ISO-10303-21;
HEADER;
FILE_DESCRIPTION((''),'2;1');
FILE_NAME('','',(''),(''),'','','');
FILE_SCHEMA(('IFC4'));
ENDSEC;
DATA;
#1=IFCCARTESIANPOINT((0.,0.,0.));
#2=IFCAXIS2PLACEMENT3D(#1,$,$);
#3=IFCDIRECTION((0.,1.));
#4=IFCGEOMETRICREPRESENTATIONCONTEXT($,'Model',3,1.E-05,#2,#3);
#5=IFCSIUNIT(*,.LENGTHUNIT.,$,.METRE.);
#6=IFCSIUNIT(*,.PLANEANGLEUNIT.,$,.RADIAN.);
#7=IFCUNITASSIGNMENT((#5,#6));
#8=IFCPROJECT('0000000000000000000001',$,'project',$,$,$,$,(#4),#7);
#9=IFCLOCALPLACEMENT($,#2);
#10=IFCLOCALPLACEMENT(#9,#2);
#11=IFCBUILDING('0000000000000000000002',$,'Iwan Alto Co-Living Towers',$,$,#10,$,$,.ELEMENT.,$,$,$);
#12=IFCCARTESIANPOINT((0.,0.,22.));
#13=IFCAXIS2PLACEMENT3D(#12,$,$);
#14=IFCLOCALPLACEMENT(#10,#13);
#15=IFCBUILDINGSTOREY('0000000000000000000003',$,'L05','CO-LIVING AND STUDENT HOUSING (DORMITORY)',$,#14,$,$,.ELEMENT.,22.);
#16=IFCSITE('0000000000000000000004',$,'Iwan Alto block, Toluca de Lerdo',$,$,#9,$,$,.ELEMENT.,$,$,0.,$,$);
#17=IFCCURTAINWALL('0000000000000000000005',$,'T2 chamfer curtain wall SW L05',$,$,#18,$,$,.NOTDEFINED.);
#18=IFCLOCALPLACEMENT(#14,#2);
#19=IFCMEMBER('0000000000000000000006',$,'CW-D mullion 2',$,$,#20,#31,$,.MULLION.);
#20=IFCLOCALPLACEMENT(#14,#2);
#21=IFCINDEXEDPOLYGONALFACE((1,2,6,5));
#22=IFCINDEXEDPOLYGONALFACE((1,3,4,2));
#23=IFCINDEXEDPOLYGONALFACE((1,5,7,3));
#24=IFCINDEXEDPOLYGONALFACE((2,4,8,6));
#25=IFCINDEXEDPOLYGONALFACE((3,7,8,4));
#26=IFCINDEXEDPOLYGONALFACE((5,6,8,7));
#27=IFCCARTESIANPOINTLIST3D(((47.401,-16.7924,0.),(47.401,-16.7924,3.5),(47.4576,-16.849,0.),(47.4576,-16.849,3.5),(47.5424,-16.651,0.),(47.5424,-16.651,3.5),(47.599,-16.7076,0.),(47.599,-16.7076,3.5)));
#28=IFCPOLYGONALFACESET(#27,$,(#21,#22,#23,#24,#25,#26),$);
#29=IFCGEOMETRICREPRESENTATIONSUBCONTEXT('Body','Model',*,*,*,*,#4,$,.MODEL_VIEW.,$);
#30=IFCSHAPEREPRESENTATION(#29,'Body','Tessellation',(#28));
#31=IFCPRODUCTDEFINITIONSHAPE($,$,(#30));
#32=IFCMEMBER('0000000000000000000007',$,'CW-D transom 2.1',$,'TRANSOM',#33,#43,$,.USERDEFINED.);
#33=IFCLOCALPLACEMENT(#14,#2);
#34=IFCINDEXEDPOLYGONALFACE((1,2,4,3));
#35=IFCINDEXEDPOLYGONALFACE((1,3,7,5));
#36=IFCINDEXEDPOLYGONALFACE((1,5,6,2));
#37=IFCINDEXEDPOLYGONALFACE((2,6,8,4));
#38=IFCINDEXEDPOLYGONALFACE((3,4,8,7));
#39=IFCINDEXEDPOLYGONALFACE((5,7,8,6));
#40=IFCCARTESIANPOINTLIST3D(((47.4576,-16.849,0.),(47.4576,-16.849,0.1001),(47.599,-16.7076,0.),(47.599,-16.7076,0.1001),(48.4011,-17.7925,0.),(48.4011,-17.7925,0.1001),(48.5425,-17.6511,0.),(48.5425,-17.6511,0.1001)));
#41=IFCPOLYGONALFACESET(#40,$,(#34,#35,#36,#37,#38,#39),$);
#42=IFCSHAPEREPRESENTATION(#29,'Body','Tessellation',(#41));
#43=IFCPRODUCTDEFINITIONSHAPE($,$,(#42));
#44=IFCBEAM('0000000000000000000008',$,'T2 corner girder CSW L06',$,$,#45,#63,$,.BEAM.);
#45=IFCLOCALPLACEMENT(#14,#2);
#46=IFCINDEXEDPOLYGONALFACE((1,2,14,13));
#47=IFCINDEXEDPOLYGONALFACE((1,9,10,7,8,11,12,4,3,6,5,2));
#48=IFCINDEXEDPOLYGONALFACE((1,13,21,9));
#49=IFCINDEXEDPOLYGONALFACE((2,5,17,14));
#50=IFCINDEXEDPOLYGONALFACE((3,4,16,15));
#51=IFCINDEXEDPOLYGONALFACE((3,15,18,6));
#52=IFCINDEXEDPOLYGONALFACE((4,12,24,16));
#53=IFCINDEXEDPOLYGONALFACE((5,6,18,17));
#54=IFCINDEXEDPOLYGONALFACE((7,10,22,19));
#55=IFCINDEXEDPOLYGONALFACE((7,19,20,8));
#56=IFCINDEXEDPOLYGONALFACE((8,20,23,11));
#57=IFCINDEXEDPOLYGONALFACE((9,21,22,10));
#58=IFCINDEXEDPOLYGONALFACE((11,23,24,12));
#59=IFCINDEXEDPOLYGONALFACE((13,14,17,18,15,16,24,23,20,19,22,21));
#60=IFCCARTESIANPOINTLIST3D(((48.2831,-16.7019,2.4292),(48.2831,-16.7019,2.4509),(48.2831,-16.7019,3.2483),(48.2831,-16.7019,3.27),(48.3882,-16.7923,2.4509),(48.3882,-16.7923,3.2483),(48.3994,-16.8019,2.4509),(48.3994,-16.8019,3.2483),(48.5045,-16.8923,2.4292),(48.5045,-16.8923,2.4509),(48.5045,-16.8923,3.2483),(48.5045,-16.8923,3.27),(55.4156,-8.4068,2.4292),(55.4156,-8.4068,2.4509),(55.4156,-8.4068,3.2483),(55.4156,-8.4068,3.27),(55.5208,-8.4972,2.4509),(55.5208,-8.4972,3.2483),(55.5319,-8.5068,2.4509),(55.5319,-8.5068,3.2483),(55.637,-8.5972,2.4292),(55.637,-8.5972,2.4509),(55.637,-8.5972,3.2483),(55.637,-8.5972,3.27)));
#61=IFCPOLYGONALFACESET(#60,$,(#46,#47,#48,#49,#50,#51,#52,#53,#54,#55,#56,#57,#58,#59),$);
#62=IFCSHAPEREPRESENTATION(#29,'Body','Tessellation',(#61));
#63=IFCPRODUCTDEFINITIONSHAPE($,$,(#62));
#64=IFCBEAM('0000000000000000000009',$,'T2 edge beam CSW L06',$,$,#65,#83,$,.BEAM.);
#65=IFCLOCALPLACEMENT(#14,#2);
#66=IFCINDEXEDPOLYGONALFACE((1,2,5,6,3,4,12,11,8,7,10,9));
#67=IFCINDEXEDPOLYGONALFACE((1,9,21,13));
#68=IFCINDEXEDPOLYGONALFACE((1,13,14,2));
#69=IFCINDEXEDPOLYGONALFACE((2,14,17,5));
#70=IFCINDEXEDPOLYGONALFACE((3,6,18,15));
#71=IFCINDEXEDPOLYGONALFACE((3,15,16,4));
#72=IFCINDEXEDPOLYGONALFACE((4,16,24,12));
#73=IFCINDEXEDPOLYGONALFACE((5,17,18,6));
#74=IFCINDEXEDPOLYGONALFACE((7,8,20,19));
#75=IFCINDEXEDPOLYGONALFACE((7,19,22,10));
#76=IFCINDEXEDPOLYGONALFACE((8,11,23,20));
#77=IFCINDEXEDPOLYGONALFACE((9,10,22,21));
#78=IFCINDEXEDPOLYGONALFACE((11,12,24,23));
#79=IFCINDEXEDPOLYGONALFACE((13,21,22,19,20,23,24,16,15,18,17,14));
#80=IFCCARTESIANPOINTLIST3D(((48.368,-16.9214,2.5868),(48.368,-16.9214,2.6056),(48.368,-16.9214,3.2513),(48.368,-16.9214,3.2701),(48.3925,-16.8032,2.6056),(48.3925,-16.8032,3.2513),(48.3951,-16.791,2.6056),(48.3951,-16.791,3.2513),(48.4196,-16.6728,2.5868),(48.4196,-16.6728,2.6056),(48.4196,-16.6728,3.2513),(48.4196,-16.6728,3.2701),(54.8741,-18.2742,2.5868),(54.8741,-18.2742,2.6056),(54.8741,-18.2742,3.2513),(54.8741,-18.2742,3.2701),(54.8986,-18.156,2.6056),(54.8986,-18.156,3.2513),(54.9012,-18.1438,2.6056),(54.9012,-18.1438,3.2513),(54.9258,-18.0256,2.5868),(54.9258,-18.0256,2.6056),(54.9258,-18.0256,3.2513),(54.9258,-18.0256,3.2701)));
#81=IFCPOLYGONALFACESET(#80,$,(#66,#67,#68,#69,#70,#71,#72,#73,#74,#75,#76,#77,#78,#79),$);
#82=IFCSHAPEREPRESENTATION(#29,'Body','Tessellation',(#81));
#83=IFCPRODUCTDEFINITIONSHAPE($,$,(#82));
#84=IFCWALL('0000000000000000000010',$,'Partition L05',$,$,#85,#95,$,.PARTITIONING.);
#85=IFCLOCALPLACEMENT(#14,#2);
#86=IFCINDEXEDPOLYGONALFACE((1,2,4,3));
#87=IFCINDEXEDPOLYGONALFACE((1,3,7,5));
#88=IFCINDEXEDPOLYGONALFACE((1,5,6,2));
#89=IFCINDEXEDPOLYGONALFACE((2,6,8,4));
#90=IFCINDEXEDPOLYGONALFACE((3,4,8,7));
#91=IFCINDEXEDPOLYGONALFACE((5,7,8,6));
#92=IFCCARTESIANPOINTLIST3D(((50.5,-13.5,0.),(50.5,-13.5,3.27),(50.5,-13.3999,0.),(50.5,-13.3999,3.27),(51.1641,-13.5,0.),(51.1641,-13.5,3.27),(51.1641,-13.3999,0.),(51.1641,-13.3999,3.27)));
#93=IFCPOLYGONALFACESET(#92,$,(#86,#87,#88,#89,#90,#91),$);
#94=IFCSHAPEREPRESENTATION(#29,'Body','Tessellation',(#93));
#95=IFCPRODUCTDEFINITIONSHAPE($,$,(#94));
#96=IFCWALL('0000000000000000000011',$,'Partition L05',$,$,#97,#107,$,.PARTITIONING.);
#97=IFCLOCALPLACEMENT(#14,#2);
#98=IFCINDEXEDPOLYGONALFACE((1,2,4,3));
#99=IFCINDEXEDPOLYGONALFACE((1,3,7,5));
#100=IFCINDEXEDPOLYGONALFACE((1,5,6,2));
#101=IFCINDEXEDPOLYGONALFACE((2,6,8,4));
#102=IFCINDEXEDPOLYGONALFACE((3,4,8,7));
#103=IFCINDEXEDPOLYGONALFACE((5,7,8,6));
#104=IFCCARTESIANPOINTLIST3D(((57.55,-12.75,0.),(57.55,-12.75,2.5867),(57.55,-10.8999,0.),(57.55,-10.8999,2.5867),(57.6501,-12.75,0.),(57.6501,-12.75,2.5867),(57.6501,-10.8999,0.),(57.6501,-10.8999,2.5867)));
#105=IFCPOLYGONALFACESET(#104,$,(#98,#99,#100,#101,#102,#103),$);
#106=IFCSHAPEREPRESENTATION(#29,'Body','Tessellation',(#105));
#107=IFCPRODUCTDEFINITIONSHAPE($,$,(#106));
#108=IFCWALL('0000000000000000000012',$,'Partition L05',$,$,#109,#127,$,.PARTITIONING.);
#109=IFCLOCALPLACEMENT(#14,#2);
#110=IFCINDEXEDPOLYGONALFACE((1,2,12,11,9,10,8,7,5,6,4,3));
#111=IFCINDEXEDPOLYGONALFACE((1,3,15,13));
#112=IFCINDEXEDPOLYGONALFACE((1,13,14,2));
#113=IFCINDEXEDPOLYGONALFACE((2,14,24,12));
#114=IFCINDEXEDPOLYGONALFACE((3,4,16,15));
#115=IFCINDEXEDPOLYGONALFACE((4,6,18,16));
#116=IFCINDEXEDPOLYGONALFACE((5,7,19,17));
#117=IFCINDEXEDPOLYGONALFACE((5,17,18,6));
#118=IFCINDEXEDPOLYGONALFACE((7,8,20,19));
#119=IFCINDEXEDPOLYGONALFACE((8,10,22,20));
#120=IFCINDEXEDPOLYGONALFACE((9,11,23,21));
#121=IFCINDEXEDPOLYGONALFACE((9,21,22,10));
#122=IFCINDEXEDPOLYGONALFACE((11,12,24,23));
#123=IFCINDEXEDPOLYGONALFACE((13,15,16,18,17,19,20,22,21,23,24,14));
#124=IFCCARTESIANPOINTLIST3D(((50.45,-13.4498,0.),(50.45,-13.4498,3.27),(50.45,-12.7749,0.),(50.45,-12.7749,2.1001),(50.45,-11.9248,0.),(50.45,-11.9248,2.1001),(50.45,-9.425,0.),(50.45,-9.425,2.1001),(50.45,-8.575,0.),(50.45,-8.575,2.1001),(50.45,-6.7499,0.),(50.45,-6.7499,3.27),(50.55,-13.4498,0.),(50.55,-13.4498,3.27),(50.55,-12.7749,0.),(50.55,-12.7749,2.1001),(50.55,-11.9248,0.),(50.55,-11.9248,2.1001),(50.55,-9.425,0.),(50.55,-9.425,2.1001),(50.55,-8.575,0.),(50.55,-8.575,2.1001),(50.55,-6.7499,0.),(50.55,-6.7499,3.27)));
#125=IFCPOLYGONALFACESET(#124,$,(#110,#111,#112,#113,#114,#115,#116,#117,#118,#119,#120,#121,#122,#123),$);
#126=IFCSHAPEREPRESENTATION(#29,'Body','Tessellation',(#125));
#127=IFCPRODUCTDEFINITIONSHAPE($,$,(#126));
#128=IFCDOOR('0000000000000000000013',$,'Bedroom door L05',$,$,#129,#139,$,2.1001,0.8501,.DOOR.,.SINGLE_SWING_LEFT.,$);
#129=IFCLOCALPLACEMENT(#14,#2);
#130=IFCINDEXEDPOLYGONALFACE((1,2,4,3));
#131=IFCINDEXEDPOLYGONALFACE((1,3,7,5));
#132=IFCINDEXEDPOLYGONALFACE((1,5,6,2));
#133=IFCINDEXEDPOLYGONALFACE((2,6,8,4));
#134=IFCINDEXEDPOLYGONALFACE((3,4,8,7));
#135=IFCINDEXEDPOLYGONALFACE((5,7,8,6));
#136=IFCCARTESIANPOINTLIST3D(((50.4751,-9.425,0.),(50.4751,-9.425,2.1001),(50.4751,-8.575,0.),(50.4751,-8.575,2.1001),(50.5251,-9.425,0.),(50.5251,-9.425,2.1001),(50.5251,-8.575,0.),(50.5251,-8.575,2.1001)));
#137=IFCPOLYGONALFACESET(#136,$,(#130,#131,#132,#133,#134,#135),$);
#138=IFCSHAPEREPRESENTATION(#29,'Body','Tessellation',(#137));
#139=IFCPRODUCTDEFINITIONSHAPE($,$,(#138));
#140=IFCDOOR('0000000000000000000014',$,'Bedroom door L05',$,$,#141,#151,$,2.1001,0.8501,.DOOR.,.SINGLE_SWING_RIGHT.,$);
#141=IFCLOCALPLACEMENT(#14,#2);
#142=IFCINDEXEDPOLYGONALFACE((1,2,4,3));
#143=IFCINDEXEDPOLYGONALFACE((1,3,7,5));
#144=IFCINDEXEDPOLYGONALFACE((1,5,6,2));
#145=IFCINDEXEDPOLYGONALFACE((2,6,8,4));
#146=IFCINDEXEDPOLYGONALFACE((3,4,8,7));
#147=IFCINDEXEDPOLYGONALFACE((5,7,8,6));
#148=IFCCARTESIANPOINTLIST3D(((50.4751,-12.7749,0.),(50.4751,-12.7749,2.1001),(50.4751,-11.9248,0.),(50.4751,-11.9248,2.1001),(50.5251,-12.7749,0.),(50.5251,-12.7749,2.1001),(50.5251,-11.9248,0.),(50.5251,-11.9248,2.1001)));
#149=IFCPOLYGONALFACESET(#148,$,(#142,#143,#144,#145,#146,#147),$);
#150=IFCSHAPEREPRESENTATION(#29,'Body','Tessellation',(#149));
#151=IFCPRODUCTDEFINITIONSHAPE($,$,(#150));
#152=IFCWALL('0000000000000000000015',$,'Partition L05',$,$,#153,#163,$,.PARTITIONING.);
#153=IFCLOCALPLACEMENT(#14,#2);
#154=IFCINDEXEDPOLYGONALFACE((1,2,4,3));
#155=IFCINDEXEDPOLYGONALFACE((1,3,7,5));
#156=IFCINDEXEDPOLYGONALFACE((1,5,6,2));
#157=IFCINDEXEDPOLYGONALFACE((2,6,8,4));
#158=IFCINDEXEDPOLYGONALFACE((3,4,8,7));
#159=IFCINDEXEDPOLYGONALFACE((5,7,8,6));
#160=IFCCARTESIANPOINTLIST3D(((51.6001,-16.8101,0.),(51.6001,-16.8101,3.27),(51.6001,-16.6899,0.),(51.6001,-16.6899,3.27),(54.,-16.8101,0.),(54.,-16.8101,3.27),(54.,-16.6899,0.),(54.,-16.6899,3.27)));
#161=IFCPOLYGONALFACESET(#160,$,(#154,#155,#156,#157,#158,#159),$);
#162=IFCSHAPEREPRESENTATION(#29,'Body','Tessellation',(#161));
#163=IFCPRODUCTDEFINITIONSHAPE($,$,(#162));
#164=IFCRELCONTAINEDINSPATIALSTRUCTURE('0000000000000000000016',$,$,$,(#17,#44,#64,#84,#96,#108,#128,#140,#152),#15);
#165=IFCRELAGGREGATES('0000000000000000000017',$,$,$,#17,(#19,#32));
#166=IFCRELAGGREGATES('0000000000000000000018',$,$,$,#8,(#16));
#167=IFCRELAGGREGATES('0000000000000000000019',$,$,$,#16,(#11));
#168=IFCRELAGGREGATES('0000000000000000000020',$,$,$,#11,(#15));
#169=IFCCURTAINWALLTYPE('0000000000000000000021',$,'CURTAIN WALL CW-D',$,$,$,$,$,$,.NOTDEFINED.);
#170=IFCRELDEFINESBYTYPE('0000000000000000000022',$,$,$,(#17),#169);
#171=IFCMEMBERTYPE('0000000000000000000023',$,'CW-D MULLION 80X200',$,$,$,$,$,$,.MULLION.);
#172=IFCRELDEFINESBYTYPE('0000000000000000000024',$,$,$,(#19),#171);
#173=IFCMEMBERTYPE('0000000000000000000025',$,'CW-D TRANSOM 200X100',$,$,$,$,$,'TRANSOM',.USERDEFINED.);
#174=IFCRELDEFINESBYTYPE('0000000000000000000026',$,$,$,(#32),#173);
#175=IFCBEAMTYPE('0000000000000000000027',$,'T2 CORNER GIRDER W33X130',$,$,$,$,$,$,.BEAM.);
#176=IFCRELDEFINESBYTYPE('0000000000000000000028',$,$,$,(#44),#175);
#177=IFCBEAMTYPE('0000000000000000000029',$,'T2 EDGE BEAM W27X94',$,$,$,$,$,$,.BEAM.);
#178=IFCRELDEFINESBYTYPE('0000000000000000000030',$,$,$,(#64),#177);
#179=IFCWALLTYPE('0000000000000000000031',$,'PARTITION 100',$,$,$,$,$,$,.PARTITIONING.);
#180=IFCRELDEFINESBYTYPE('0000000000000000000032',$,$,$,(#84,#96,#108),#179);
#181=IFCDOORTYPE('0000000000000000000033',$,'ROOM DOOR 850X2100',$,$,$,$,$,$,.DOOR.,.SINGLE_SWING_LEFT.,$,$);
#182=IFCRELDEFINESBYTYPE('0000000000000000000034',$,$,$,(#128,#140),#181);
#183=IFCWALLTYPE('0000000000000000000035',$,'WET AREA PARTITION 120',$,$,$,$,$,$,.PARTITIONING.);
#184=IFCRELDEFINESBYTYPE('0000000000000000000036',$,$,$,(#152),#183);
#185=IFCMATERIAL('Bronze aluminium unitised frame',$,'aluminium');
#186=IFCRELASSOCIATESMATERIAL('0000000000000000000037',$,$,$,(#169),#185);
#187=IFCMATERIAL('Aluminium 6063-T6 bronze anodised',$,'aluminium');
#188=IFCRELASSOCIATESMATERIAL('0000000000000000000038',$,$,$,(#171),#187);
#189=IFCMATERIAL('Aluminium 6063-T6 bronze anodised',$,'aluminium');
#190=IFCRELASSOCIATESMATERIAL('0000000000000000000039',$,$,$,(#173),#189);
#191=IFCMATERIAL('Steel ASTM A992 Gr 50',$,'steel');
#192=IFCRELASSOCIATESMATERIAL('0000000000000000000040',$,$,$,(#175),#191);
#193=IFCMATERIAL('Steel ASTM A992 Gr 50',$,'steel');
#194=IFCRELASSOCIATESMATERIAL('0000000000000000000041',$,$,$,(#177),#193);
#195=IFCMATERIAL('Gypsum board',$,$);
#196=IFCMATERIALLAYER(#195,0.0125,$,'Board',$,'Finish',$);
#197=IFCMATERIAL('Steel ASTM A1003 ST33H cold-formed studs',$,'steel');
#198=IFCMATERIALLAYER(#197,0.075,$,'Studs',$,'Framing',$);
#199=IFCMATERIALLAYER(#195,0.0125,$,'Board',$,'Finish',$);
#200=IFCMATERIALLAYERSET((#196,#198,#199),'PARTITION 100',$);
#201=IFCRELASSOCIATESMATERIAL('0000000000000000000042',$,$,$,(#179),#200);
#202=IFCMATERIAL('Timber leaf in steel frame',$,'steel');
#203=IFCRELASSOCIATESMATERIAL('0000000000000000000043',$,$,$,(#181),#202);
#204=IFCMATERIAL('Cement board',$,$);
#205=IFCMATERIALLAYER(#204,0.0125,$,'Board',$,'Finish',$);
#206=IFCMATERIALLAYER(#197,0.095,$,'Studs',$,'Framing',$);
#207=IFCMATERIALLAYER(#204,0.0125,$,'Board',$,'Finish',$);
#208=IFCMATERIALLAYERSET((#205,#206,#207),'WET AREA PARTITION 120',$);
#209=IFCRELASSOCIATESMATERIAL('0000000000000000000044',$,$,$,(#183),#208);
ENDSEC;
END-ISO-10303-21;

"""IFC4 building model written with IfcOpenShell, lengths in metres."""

from ifc_helpers import new_model, si_unit, direction, frame, frame_2d, origin, origin_2d, place, context, subcontext, project, spatial, rectangle, i_section, extrude, material, layer, layer_set, material_profile, profile_set, type_object, element, fill, aggregate, save


model = new_model("IFC4")

# Units and contexts
model_context = context("Model", 3, precision=1e-05, world=origin(), true_north=direction((0.0, 1.0)))
body_context = subcontext(model_context, "Body", "Model", "MODEL_VIEW")
ifc_project = project(units=[si_unit("LENGTHUNIT", "METRE"), si_unit("PLANEANGLEUNIT", "RADIAN")], contexts=[model_context])

# Site, building, storey
site_placement = place(None, origin())
site = spatial("IfcSite", under=ifc_project, at=site_placement, Name="Iwan Alto block, Toluca de Lerdo", CompositionType="ELEMENT", RefElevation=0.0)
building_placement = place(site_placement, origin())
building = spatial("IfcBuilding", under=site, at=building_placement, Name="Iwan Alto Co-Living Towers", CompositionType="ELEMENT")
storey_placement = place(building_placement, frame((0.0, 0.0, 22.0)))
storey = spatial("IfcBuildingStorey", under=building, at=storey_placement, Name="L05", Description="CO-LIVING AND STUDENT HOUSING (DORMITORY)", CompositionType="ELEMENT", Elevation=22.0)

# Curtain wall, members
ifc_material_1 = material(Name="Bronze aluminium unitised frame", Category="aluminium")
curtain_wall_type = type_object("IfcCurtainWallType", Name="CURTAIN WALL CW-D", PredefinedType="NOTDEFINED", material=ifc_material_1)
curtain_wall_placement = place(storey_placement, origin())
curtain_wall = element("IfcCurtainWall", 1, at=curtain_wall_placement, inside=storey, type_object=curtain_wall_type, Name="T2 chamfer curtain wall SW L05", PredefinedType="NOTDEFINED")
ifc_material_2 = material(Name="Aluminium 6063-T6 bronze anodised", Category="aluminium")
ifc_material_profile_1 = material_profile(ifc_material_2, rectangle(XDim=0.2, YDim=0.0801, at=origin_2d()), Name="AL 80X200")
ifc_profile_set_1 = profile_set([ifc_material_profile_1], Name="Aluminium 6063-T6 bronze anodised")
member_type_1 = type_object("IfcMemberType", Name="CW-D MULLION 80X200", PredefinedType="MULLION", material=ifc_profile_set_1)
member_1_placement = place(storey_placement, frame((47.5, -16.75, 0.0), z_axis=(0.0, 0.0, 1.0), x_axis=(0.707107, 0.707107, 0.0)))
member_1 = element("IfcMember", 2, at=member_1_placement, type_object=member_type_1, Name="CW-D mullion 2", PredefinedType="MULLION", context=body_context, shape_type="SweptSolid", body=[
    extrude(rectangle(XDim=0.2, YDim=0.0801, at=origin_2d()), origin(), (0.0, 0.0, 1.0), 3.5),
])
ifc_material_3 = material(Name="Aluminium 6063-T6 bronze anodised", Category="aluminium")
ifc_material_profile_2 = material_profile(ifc_material_3, rectangle(XDim=0.2, YDim=0.1001, at=origin_2d()), Name="AL 200X100")
ifc_profile_set_2 = profile_set([ifc_material_profile_2], Name="Aluminium 6063-T6 bronze anodised")
member_type_2 = type_object("IfcMemberType", Name="CW-D TRANSOM 200X100", ElementType="TRANSOM", PredefinedType="USERDEFINED", material=ifc_profile_set_2)
member_2_placement = place(storey_placement, frame((47.5283, -16.7783, 0.05), z_axis=(0.707107, -0.707107, 0.0), x_axis=(0.707107, 0.707107, 0.0)))
member_2 = element("IfcMember", 3, at=member_2_placement, type_object=member_type_2, Name="CW-D transom 2.1", ObjectType="TRANSOM", PredefinedType="USERDEFINED", context=body_context, shape_type="SweptSolid", body=[
    extrude(rectangle(XDim=0.2, YDim=0.1001, at=origin_2d()), origin(), (0.0, 0.0, 1.0), 1.3342),
])
aggregate(curtain_wall, [member_1, member_2])

# Beams
ifc_material_4 = material(Name="Steel ASTM A992 Gr 50", Category="steel")
ifc_material_profile_3 = material_profile(ifc_material_4, i_section(OverallWidth=0.292, OverallDepth=0.8408, WebThickness=0.0146, FlangeThickness=0.0217, at=origin_2d()), Name="W33X130")
ifc_profile_set_3 = profile_set([ifc_material_profile_3], Name="Steel ASTM A992 Gr 50")
beam_type_1 = type_object("IfcBeamType", Name="T2 CORNER GIRDER W33X130", PredefinedType="BEAM", material=ifc_profile_set_3)
beam_1_placement = place(storey_placement, frame((48.3938, -16.7971, 2.8496), z_axis=(0.651972, 0.758243, 0.0), x_axis=(-0.758243, 0.651972, 0.0)))
element("IfcBeam", 4, at=beam_1_placement, inside=storey, type_object=beam_type_1, Name="T2 corner girder CSW L06", PredefinedType="BEAM", context=body_context, shape_type="SweptSolid", body=[
    extrude(i_section(OverallWidth=0.292, OverallDepth=0.8408, WebThickness=0.0146, FlangeThickness=0.0217, at=origin_2d()), origin(), (0.0, 0.0, 1.0), 10.9399),
])
ifc_material_5 = material(Name="Steel ASTM A992 Gr 50", Category="steel")
ifc_material_profile_4 = material_profile(ifc_material_5, i_section(OverallWidth=0.2539, OverallDepth=0.6833, WebThickness=0.0125, FlangeThickness=0.0188, at=origin_2d()), Name="W27X94")
ifc_profile_set_4 = profile_set([ifc_material_profile_4], Name="Steel ASTM A992 Gr 50")
beam_type_2 = type_object("IfcBeamType", Name="T2 EDGE BEAM W27X94", PredefinedType="BEAM", material=ifc_profile_set_4)
beam_2_placement = place(storey_placement, frame((48.3938, -16.7971, 2.9285), z_axis=(0.97906, -0.203571, 0.0), x_axis=(0.203571, 0.97906, 0.0)))
element("IfcBeam", 5, at=beam_2_placement, inside=storey, type_object=beam_type_2, Name="T2 edge beam CSW L06", PredefinedType="BEAM", context=body_context, shape_type="SweptSolid", body=[
    extrude(i_section(OverallWidth=0.2539, OverallDepth=0.6833, WebThickness=0.0125, FlangeThickness=0.0188, at=origin_2d()), origin(), (0.0, 0.0, 1.0), 6.6453),
])

# Walls
ifc_material_6 = material(Name="Gypsum board")
ifc_layer_1 = layer(ifc_material_6, 0.0125, Name="Board", Category="Finish")
ifc_material_7 = material(Name="Steel ASTM A1003 ST33H cold-formed studs", Category="steel")
ifc_layer_2 = layer(ifc_material_7, 0.075, Name="Studs", Category="Framing")
ifc_layer_3 = layer(ifc_material_6, 0.0125, Name="Board", Category="Finish")
ifc_layer_set_1 = layer_set([ifc_layer_1, ifc_layer_2, ifc_layer_3], Name="PARTITION 100")
wall_type_1 = type_object("IfcWallType", Name="PARTITION 100", PredefinedType="PARTITIONING", material=ifc_layer_set_1)
wall_1_placement = place(storey_placement, frame((50.5, -13.45, 0.0), z_axis=(0.0, 0.0, 1.0), x_axis=(1.0, 0.0, 0.0)))
element("IfcWall", 6, at=wall_1_placement, inside=storey, type_object=wall_type_1, Name="Partition L05", PredefinedType="PARTITIONING", context=body_context, shape_type="SweptSolid", body=[
    extrude(rectangle(XDim=0.6641, YDim=0.1001, at=frame_2d((0.332, 0.0))), origin(), (0.0, 0.0, 1.0), 3.27),
])
wall_2_placement = place(storey_placement, frame((57.6001, -12.75, 0.0), z_axis=(0.0, 0.0, 1.0), x_axis=(0.0, 1.0, 0.0)))
element("IfcWall", 7, at=wall_2_placement, inside=storey, type_object=wall_type_1, Name="Partition L05", PredefinedType="PARTITIONING", context=body_context, shape_type="SweptSolid", body=[
    extrude(rectangle(XDim=1.8501, YDim=0.1001, at=frame_2d((0.925, 0.0))), origin(), (0.0, 0.0, 1.0), 2.5867),
])

# Wall, openings, doors
wall_3_placement = place(storey_placement, frame((50.5, -13.45, 0.0), z_axis=(0.0, 0.0, 1.0), x_axis=(0.0, 1.0, 0.0)))
wall_3 = element("IfcWall", 8, at=wall_3_placement, inside=storey, type_object=wall_type_1, Name="Partition L05", PredefinedType="PARTITIONING", context=body_context, shape_type="SweptSolid", body=[
    extrude(rectangle(XDim=6.7, YDim=0.1001, at=frame_2d((3.3501, 0.0))), origin(), (0.0, 0.0, 1.0), 3.27),
])
opening_1_placement = place(wall_3_placement, frame((4.0249, 0.0, 0.0)))
opening_1 = element("IfcOpeningElement", 9, at=opening_1_placement, cuts=wall_3, PredefinedType="OPENING", context=body_context, shape_type="SweptSolid", body=[
    extrude(rectangle(XDim=0.8501, YDim=2.1001, at=frame_2d((0.425, 1.05))), frame((0.0, 0.0601, 0.0), z_axis=(0.0, -1.0, 0.0), x_axis=(1.0, 0.0, 0.0)), (0.0, 0.0, 1.0), 0.1201),
])
opening_2_placement = place(wall_3_placement, frame((0.675, 0.0, 0.0)))
opening_2 = element("IfcOpeningElement", 10, at=opening_2_placement, cuts=wall_3, PredefinedType="OPENING", context=body_context, shape_type="SweptSolid", body=[
    extrude(rectangle(XDim=0.8501, YDim=2.1001, at=frame_2d((0.425, 1.05))), frame((0.0, 0.0601, 0.0), z_axis=(0.0, -1.0, 0.0), x_axis=(1.0, 0.0, 0.0)), (0.0, 0.0, 1.0), 0.1201),
])
ifc_material_8 = material(Name="Timber leaf in steel frame", Category="steel")
door_type = type_object("IfcDoorType", Name="ROOM DOOR 850X2100", OperationType="SINGLE_SWING_LEFT", PredefinedType="DOOR", material=ifc_material_8)
door_1_placement = place(opening_1_placement, origin())
door_1 = element("IfcDoor", 11, at=door_1_placement, inside=storey, type_object=door_type, Name="Bedroom door L05", OperationType="SINGLE_SWING_LEFT", OverallHeight=2.1001, OverallWidth=0.8501, PredefinedType="DOOR", context=body_context, shape_type="SweptSolid", body=[
    extrude(rectangle(XDim=0.8501, YDim=2.1001, at=frame_2d((0.425, 1.05))), frame((0.0, 0.0249, 0.0), z_axis=(0.0, -1.0, 0.0), x_axis=(1.0, 0.0, 0.0)), (0.0, 0.0, 1.0), 0.05),
])
fill(opening_1, door_1)
door_2_placement = place(opening_2_placement, origin())
door_2 = element("IfcDoor", 12, at=door_2_placement, inside=storey, type_object=door_type, Name="Bedroom door L05", OperationType="SINGLE_SWING_RIGHT", OverallHeight=2.1001, OverallWidth=0.8501, PredefinedType="DOOR", context=body_context, shape_type="SweptSolid", body=[
    extrude(rectangle(XDim=0.8501, YDim=2.1001, at=frame_2d((0.425, 1.05))), frame((0.0, 0.0249, 0.0), z_axis=(0.0, -1.0, 0.0), x_axis=(1.0, 0.0, 0.0)), (0.0, 0.0, 1.0), 0.05),
])
fill(opening_2, door_2)

# Wall
ifc_material_9 = material(Name="Cement board")
ifc_layer_4 = layer(ifc_material_9, 0.0125, Name="Board", Category="Finish")
ifc_layer_5 = layer(ifc_material_7, 0.095, Name="Studs", Category="Framing")
ifc_layer_6 = layer(ifc_material_9, 0.0125, Name="Board", Category="Finish")
ifc_layer_set_2 = layer_set([ifc_layer_4, ifc_layer_5, ifc_layer_6], Name="WET AREA PARTITION 120")
wall_type_2 = type_object("IfcWallType", Name="WET AREA PARTITION 120", PredefinedType="PARTITIONING", material=ifc_layer_set_2)
for number, where, z_axis, x_axis, name in (
    (13, (51.6001, -16.75, 0.0), (0.0, 0.0, 1.0), (1.0, 0.0, 0.0), "Partition L05"),
):
    element("IfcWall", number, at=place(storey_placement, frame(where, z_axis=z_axis, x_axis=x_axis)), inside=storey, type_object=wall_type_2, Name=name, PredefinedType="PARTITIONING", context=body_context, shape_type="SweptSolid", body=[
        extrude(rectangle(XDim=2.3999, YDim=0.1201, at=frame_2d((1.2, 0.0))), origin(), (0.0, 0.0, 1.0), 3.27),
    ])

save(model, "model.ifc")
